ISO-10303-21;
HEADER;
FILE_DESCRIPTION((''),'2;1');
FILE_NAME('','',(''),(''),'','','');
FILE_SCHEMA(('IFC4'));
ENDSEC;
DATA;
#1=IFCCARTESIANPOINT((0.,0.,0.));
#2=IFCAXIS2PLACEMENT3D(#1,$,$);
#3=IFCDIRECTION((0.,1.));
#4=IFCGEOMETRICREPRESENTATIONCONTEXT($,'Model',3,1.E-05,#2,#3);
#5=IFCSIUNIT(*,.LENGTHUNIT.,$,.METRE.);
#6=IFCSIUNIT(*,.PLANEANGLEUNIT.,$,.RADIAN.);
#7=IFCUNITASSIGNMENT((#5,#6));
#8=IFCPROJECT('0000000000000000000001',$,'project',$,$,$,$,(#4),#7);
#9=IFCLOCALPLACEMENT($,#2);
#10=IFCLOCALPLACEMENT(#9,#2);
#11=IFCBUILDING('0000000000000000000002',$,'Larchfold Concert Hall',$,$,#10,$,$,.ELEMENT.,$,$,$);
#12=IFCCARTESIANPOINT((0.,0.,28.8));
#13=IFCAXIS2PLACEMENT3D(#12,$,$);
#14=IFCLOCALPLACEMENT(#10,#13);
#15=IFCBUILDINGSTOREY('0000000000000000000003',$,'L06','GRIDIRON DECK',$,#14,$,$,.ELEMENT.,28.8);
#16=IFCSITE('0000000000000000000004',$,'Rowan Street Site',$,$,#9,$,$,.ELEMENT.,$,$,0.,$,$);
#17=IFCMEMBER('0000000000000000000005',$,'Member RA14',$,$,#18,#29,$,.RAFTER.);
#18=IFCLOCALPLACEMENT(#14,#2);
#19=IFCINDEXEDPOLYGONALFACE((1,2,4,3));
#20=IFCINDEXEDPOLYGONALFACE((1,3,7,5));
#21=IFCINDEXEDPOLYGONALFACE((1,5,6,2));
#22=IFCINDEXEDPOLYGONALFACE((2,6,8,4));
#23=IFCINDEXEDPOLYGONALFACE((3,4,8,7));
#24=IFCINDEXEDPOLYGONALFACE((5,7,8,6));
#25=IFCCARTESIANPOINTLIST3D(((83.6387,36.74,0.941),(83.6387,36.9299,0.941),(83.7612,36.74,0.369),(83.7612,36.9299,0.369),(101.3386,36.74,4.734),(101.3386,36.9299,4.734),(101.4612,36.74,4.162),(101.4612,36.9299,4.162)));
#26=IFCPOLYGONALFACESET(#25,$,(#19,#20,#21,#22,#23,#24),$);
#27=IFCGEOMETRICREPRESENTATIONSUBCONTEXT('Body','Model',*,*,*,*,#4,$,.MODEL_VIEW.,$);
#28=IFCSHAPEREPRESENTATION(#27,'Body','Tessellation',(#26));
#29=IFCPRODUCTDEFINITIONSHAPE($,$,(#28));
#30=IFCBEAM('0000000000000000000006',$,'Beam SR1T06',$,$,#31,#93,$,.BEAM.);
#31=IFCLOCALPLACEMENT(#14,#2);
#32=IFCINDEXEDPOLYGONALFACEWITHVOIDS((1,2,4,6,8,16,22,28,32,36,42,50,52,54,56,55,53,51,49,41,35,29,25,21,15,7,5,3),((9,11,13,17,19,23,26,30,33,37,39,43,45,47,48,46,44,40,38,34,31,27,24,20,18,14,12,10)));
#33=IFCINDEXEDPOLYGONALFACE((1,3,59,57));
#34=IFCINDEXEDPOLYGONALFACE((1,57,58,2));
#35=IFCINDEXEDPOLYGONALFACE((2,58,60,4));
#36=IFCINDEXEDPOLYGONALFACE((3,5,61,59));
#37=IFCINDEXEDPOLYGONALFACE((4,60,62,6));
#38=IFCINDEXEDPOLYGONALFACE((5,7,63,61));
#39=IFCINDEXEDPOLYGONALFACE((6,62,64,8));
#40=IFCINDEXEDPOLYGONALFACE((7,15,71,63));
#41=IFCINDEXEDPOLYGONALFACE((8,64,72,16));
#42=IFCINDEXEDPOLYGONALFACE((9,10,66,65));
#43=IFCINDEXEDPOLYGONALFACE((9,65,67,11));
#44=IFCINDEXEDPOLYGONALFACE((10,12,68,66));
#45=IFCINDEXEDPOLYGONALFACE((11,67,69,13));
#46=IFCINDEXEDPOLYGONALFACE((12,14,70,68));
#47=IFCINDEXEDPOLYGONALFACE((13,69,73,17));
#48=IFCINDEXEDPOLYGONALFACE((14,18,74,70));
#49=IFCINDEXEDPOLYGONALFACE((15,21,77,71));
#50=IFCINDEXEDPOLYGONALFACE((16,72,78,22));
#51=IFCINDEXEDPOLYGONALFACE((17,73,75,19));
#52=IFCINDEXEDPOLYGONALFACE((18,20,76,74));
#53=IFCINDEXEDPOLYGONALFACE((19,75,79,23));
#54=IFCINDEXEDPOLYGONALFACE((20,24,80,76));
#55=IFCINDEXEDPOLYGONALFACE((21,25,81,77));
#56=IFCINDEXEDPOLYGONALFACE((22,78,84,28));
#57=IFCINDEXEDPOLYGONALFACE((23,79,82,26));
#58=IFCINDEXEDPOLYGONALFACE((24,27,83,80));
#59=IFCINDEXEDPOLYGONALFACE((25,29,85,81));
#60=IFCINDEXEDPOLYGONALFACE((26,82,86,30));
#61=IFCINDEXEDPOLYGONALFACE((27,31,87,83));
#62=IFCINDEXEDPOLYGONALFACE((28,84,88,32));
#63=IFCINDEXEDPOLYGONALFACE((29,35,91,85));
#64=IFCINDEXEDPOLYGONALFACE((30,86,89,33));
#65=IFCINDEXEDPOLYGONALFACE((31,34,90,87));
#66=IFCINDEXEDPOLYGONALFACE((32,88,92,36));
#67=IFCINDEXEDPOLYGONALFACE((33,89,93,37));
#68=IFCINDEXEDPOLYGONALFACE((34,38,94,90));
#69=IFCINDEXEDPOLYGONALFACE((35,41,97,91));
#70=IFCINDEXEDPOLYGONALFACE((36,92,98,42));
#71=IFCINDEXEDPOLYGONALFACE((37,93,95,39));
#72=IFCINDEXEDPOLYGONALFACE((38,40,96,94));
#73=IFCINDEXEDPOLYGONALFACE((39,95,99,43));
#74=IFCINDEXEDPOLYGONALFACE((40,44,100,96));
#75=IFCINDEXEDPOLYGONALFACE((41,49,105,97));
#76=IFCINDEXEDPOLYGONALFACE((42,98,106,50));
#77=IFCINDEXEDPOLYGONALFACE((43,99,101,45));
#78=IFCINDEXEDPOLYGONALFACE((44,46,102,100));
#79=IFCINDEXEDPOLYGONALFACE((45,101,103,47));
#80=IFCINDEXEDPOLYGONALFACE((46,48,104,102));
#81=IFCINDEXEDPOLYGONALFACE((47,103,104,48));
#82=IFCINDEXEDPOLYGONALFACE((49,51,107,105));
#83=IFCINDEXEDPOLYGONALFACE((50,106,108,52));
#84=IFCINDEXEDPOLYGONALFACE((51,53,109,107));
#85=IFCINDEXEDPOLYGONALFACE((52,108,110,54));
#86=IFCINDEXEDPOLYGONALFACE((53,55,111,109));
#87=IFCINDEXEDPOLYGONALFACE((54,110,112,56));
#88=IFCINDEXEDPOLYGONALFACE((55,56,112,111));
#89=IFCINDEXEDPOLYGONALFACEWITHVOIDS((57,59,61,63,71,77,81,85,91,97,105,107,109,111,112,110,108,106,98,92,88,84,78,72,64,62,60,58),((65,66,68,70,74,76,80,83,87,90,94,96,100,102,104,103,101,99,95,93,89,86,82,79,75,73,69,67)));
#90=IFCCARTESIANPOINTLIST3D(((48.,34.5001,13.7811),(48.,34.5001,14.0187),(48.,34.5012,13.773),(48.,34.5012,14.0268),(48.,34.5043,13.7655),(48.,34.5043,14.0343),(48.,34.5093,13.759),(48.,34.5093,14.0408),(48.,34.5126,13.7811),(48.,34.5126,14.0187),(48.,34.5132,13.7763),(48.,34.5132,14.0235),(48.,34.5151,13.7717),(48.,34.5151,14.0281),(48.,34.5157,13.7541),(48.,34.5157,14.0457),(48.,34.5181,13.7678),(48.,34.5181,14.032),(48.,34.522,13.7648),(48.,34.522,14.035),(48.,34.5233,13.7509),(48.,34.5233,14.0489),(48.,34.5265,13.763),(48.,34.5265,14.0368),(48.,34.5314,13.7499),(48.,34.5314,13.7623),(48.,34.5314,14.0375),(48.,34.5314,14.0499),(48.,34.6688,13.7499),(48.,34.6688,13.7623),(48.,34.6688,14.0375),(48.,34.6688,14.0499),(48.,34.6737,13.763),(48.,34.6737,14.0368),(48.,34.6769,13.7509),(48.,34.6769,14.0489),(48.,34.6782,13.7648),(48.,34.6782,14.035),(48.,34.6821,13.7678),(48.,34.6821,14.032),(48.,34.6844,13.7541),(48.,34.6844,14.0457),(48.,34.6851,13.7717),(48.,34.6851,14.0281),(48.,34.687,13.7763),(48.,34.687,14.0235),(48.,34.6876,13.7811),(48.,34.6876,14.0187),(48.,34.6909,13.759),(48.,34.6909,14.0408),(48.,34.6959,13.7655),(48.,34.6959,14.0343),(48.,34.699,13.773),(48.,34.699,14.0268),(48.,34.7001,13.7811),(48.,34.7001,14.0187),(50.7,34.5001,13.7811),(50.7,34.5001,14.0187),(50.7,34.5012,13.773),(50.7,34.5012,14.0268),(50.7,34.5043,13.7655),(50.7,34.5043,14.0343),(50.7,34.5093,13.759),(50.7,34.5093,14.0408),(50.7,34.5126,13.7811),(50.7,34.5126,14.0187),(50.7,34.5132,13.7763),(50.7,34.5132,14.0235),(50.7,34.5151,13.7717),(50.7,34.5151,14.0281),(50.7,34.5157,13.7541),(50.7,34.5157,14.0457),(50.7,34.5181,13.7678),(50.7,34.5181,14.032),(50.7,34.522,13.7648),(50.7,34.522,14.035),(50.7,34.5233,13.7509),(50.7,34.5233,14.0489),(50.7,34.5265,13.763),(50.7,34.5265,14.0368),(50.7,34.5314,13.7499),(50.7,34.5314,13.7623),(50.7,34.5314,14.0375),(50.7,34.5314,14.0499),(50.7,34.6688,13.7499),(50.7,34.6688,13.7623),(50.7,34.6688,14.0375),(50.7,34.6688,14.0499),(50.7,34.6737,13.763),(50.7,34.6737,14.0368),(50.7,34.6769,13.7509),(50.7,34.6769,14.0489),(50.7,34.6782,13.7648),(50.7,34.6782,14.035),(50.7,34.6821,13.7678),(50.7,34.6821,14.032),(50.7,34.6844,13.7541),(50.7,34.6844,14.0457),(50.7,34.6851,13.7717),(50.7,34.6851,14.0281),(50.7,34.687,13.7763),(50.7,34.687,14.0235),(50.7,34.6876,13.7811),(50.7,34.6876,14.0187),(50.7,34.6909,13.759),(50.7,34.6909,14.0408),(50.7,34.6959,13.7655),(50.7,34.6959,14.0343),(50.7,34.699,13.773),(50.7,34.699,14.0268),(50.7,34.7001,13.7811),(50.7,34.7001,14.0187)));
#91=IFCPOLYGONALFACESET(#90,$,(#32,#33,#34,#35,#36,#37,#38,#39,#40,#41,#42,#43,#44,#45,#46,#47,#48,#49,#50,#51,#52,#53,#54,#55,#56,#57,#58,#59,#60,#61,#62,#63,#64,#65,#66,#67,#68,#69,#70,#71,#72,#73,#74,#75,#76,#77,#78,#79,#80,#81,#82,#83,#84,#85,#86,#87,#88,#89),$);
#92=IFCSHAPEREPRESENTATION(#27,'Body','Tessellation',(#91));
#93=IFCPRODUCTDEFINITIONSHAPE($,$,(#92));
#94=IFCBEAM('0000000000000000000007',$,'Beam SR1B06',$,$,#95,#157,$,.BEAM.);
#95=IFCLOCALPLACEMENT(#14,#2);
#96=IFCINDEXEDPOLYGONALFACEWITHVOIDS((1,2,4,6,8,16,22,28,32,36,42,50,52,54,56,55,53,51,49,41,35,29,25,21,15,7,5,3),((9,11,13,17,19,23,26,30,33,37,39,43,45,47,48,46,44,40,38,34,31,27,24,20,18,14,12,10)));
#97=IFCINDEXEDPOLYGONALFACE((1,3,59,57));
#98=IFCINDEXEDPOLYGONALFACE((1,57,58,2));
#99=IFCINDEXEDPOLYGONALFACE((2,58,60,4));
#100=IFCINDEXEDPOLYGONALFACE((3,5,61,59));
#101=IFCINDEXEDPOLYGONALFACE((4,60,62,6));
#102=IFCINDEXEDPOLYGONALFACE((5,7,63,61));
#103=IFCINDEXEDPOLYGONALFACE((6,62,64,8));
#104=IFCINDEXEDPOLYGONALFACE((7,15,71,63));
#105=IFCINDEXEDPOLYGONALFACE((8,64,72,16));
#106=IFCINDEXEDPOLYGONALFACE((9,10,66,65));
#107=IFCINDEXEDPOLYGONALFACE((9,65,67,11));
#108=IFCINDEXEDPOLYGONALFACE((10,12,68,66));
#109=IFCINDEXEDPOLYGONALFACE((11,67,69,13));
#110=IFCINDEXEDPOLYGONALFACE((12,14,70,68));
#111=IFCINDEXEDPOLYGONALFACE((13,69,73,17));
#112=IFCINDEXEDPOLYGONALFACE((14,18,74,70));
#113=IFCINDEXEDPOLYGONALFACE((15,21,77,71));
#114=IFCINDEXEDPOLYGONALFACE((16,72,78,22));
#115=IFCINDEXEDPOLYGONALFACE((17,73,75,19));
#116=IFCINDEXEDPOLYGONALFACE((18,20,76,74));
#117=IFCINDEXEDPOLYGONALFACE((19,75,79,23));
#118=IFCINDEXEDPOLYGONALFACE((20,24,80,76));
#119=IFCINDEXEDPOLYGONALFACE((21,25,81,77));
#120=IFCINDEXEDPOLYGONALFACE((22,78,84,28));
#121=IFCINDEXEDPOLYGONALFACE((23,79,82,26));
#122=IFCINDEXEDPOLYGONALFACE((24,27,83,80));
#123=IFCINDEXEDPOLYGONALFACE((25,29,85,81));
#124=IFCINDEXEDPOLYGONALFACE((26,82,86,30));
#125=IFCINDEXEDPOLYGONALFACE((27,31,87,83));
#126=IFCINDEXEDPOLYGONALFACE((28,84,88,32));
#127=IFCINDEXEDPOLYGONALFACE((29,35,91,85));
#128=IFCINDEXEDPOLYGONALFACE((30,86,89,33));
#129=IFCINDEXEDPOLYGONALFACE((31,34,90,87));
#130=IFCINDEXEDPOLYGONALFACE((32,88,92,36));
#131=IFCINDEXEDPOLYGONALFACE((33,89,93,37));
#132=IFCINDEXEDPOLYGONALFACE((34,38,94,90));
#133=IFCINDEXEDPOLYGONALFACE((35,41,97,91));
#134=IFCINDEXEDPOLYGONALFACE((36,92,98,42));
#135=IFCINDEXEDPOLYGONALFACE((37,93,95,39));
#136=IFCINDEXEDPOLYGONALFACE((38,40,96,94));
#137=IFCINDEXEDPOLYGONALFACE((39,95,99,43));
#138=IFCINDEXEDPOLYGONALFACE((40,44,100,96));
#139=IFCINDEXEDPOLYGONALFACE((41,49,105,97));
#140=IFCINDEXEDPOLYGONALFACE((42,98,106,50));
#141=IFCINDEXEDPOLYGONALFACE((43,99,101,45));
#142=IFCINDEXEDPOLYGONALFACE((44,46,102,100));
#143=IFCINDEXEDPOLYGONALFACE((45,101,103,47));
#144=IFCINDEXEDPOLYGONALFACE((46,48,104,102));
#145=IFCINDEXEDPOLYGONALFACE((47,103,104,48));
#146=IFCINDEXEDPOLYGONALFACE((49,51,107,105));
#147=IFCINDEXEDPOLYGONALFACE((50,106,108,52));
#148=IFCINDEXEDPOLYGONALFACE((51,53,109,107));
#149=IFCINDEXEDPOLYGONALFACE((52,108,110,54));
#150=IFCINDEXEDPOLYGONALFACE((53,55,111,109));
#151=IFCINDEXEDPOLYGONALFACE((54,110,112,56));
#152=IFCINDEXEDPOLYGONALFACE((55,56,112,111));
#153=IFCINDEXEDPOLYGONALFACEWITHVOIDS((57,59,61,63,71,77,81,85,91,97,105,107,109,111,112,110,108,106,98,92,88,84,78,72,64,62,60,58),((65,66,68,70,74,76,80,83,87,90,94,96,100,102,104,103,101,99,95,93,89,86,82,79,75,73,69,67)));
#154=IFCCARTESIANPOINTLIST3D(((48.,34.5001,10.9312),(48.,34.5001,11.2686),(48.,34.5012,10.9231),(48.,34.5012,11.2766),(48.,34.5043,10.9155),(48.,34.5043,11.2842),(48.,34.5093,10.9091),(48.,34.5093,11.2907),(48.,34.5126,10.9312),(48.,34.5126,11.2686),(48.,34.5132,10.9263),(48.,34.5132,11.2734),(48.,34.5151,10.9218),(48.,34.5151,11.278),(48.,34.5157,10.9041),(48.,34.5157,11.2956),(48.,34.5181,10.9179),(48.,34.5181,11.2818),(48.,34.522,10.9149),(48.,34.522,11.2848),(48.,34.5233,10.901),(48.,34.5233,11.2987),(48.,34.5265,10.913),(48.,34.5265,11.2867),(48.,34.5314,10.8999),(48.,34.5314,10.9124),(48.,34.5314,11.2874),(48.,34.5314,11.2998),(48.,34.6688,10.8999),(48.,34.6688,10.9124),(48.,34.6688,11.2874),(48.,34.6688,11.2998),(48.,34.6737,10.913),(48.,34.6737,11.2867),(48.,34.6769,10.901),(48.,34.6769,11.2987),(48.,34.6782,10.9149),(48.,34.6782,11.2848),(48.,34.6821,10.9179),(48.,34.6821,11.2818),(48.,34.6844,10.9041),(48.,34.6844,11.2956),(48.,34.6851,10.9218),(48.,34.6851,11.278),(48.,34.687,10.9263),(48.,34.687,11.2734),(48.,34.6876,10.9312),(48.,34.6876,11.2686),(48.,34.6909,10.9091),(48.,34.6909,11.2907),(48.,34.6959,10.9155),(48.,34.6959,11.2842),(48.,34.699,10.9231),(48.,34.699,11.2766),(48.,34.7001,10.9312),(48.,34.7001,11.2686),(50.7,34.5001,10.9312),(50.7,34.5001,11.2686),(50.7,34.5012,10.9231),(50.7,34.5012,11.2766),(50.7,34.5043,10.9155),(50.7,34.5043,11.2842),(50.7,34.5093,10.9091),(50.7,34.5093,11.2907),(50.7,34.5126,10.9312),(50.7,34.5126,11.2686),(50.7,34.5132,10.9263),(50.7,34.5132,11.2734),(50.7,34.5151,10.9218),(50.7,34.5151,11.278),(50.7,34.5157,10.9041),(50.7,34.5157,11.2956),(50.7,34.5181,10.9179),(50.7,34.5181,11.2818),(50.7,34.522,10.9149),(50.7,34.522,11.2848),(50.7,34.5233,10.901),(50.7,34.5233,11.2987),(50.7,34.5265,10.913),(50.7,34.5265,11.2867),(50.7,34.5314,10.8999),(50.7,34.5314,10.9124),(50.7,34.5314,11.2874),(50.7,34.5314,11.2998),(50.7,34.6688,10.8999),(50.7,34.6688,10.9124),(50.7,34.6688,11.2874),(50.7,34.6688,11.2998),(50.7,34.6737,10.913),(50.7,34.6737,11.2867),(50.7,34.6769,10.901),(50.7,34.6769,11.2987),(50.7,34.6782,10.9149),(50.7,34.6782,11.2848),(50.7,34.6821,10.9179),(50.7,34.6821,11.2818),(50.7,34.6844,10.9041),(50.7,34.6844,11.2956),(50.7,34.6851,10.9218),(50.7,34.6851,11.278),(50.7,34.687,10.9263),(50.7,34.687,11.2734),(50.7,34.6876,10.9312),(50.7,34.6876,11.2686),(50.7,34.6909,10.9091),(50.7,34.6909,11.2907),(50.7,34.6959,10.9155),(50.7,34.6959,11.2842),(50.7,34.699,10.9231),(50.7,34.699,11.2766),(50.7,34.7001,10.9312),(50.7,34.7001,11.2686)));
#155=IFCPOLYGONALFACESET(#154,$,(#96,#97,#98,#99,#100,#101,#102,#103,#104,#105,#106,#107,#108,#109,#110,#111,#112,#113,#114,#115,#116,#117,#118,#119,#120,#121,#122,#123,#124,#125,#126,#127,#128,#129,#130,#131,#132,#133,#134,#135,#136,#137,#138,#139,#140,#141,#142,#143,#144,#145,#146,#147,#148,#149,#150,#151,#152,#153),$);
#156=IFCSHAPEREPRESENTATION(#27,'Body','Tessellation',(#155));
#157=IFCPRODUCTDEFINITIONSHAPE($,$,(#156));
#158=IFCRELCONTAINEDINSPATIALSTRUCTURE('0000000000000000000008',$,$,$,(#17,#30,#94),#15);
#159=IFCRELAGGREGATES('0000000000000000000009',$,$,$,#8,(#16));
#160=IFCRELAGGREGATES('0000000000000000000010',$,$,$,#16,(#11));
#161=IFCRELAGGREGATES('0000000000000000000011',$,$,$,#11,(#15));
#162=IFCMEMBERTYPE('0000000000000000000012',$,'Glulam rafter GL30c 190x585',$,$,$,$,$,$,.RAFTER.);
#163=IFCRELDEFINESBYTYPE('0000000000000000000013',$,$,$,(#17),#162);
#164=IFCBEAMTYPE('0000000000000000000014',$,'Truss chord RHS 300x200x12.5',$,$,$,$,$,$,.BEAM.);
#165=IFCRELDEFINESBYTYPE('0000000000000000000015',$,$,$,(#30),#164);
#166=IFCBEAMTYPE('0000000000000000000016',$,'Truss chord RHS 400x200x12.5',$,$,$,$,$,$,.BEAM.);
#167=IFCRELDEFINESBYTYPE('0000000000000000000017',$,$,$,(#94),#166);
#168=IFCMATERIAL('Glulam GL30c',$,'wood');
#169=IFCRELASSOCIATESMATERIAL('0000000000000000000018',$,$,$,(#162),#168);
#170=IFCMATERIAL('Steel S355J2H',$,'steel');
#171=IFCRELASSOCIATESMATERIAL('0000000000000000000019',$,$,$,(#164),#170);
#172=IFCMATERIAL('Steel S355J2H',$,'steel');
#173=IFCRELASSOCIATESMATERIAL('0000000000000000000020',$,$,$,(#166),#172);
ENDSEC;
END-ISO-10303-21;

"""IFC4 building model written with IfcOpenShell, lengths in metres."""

from ifc_helpers import new_model, si_unit, direction, frame, origin, origin_2d, place, context, subcontext, project, spatial, rectangle, hollow_rectangle, extrude, material, material_profile, profile_set, type_object, element, save


model = new_model("IFC4")

# Units and contexts
model_context = context("Model", 3, precision=1e-05, world=origin(), true_north=direction((0.0, 1.0)))
body_context = subcontext(model_context, "Body", "Model", "MODEL_VIEW")
ifc_project = project(units=[si_unit("LENGTHUNIT", "METRE"), si_unit("PLANEANGLEUNIT", "RADIAN")], contexts=[model_context])

# Site, building, storey
site_placement = place(None, origin())
site = spatial("IfcSite", under=ifc_project, at=site_placement, Name="Rowan Street Site", CompositionType="ELEMENT", RefElevation=0.0)
building_placement = place(site_placement, origin())
building = spatial("IfcBuilding", under=site, at=building_placement, Name="Larchfold Concert Hall", CompositionType="ELEMENT")
storey_placement = place(building_placement, frame((0.0, 0.0, 28.8)))
storey = spatial("IfcBuildingStorey", under=building, at=storey_placement, Name="L06", Description="GRIDIRON DECK", CompositionType="ELEMENT", Elevation=28.8)

# Member
ifc_material_1 = material(Name="Glulam GL30c", Category="wood")
ifc_material_profile_1 = material_profile(ifc_material_1, rectangle(XDim=0.1899, YDim=0.585, at=origin_2d()))
ifc_profile_set_1 = profile_set([ifc_material_profile_1], Name="Glulam GL30c")
member_type_1 = type_object("IfcMemberType", Name="Glulam rafter GL30c 190x585", PredefinedType="RAFTER", material=ifc_profile_set_1)
member_1_placement = place(storey_placement, frame((83.7, 36.835, 0.655), z_axis=(0.977801, 0.0, 0.209536), x_axis=(0.0, 1.0, 0.0)))
element("IfcMember", 1, at=member_1_placement, inside=storey, type_object=member_type_1, Name="Member RA14", PredefinedType="RAFTER", context=body_context, shape_type="SweptSolid", body=[
    extrude(rectangle(XDim=0.1899, YDim=0.585, at=origin_2d()), origin(), (0.0, 0.0, 1.0), 18.1018),
])

# Beams
ifc_material_2 = material(Name="Steel S355J2H", Category="steel")
ifc_material_profile_2 = material_profile(ifc_material_2, hollow_rectangle(XDim=0.2, YDim=0.3, WallThickness=0.0125, InnerFilletRadius=0.0188, OuterFilletRadius=0.0312, at=origin_2d()))
ifc_profile_set_2 = profile_set([ifc_material_profile_2], Name="Steel S355J2H")
beam_type_1 = type_object("IfcBeamType", Name="Truss chord RHS 300x200x12.5", PredefinedType="BEAM", material=ifc_profile_set_2)
beam_1_placement = place(storey_placement, frame((48.0, 34.6001, 13.8999), z_axis=(1.0, 0.0, 0.0), x_axis=(0.0, 1.0, 0.0)))
element("IfcBeam", 2, at=beam_1_placement, inside=storey, type_object=beam_type_1, Name="Beam SR1T06", PredefinedType="BEAM", context=body_context, shape_type="SweptSolid", body=[
    extrude(hollow_rectangle(XDim=0.2, YDim=0.3, WallThickness=0.0125, InnerFilletRadius=0.0188, OuterFilletRadius=0.0312, at=origin_2d()), origin(), (0.0, 0.0, 1.0), 2.7),
])
ifc_material_3 = material(Name="Steel S355J2H", Category="steel")
ifc_material_profile_3 = material_profile(ifc_material_3, hollow_rectangle(XDim=0.2, YDim=0.3999, WallThickness=0.0125, InnerFilletRadius=0.0188, OuterFilletRadius=0.0312, at=origin_2d()))
ifc_profile_set_3 = profile_set([ifc_material_profile_3], Name="Steel S355J2H")
beam_type_2 = type_object("IfcBeamType", Name="Truss chord RHS 400x200x12.5", PredefinedType="BEAM", material=ifc_profile_set_3)
beam_2_placement = place(storey_placement, frame((48.0, 34.6001, 11.0999), z_axis=(1.0, 0.0, 0.0), x_axis=(0.0, 1.0, 0.0)))
element("IfcBeam", 3, at=beam_2_placement, inside=storey, type_object=beam_type_2, Name="Beam SR1B06", PredefinedType="BEAM", context=body_context, shape_type="SweptSolid", body=[
    extrude(hollow_rectangle(XDim=0.2, YDim=0.3999, WallThickness=0.0125, InnerFilletRadius=0.0188, OuterFilletRadius=0.0312, at=origin_2d()), origin(), (0.0, 0.0, 1.0), 2.7),
])

save(model, "model.ifc")
